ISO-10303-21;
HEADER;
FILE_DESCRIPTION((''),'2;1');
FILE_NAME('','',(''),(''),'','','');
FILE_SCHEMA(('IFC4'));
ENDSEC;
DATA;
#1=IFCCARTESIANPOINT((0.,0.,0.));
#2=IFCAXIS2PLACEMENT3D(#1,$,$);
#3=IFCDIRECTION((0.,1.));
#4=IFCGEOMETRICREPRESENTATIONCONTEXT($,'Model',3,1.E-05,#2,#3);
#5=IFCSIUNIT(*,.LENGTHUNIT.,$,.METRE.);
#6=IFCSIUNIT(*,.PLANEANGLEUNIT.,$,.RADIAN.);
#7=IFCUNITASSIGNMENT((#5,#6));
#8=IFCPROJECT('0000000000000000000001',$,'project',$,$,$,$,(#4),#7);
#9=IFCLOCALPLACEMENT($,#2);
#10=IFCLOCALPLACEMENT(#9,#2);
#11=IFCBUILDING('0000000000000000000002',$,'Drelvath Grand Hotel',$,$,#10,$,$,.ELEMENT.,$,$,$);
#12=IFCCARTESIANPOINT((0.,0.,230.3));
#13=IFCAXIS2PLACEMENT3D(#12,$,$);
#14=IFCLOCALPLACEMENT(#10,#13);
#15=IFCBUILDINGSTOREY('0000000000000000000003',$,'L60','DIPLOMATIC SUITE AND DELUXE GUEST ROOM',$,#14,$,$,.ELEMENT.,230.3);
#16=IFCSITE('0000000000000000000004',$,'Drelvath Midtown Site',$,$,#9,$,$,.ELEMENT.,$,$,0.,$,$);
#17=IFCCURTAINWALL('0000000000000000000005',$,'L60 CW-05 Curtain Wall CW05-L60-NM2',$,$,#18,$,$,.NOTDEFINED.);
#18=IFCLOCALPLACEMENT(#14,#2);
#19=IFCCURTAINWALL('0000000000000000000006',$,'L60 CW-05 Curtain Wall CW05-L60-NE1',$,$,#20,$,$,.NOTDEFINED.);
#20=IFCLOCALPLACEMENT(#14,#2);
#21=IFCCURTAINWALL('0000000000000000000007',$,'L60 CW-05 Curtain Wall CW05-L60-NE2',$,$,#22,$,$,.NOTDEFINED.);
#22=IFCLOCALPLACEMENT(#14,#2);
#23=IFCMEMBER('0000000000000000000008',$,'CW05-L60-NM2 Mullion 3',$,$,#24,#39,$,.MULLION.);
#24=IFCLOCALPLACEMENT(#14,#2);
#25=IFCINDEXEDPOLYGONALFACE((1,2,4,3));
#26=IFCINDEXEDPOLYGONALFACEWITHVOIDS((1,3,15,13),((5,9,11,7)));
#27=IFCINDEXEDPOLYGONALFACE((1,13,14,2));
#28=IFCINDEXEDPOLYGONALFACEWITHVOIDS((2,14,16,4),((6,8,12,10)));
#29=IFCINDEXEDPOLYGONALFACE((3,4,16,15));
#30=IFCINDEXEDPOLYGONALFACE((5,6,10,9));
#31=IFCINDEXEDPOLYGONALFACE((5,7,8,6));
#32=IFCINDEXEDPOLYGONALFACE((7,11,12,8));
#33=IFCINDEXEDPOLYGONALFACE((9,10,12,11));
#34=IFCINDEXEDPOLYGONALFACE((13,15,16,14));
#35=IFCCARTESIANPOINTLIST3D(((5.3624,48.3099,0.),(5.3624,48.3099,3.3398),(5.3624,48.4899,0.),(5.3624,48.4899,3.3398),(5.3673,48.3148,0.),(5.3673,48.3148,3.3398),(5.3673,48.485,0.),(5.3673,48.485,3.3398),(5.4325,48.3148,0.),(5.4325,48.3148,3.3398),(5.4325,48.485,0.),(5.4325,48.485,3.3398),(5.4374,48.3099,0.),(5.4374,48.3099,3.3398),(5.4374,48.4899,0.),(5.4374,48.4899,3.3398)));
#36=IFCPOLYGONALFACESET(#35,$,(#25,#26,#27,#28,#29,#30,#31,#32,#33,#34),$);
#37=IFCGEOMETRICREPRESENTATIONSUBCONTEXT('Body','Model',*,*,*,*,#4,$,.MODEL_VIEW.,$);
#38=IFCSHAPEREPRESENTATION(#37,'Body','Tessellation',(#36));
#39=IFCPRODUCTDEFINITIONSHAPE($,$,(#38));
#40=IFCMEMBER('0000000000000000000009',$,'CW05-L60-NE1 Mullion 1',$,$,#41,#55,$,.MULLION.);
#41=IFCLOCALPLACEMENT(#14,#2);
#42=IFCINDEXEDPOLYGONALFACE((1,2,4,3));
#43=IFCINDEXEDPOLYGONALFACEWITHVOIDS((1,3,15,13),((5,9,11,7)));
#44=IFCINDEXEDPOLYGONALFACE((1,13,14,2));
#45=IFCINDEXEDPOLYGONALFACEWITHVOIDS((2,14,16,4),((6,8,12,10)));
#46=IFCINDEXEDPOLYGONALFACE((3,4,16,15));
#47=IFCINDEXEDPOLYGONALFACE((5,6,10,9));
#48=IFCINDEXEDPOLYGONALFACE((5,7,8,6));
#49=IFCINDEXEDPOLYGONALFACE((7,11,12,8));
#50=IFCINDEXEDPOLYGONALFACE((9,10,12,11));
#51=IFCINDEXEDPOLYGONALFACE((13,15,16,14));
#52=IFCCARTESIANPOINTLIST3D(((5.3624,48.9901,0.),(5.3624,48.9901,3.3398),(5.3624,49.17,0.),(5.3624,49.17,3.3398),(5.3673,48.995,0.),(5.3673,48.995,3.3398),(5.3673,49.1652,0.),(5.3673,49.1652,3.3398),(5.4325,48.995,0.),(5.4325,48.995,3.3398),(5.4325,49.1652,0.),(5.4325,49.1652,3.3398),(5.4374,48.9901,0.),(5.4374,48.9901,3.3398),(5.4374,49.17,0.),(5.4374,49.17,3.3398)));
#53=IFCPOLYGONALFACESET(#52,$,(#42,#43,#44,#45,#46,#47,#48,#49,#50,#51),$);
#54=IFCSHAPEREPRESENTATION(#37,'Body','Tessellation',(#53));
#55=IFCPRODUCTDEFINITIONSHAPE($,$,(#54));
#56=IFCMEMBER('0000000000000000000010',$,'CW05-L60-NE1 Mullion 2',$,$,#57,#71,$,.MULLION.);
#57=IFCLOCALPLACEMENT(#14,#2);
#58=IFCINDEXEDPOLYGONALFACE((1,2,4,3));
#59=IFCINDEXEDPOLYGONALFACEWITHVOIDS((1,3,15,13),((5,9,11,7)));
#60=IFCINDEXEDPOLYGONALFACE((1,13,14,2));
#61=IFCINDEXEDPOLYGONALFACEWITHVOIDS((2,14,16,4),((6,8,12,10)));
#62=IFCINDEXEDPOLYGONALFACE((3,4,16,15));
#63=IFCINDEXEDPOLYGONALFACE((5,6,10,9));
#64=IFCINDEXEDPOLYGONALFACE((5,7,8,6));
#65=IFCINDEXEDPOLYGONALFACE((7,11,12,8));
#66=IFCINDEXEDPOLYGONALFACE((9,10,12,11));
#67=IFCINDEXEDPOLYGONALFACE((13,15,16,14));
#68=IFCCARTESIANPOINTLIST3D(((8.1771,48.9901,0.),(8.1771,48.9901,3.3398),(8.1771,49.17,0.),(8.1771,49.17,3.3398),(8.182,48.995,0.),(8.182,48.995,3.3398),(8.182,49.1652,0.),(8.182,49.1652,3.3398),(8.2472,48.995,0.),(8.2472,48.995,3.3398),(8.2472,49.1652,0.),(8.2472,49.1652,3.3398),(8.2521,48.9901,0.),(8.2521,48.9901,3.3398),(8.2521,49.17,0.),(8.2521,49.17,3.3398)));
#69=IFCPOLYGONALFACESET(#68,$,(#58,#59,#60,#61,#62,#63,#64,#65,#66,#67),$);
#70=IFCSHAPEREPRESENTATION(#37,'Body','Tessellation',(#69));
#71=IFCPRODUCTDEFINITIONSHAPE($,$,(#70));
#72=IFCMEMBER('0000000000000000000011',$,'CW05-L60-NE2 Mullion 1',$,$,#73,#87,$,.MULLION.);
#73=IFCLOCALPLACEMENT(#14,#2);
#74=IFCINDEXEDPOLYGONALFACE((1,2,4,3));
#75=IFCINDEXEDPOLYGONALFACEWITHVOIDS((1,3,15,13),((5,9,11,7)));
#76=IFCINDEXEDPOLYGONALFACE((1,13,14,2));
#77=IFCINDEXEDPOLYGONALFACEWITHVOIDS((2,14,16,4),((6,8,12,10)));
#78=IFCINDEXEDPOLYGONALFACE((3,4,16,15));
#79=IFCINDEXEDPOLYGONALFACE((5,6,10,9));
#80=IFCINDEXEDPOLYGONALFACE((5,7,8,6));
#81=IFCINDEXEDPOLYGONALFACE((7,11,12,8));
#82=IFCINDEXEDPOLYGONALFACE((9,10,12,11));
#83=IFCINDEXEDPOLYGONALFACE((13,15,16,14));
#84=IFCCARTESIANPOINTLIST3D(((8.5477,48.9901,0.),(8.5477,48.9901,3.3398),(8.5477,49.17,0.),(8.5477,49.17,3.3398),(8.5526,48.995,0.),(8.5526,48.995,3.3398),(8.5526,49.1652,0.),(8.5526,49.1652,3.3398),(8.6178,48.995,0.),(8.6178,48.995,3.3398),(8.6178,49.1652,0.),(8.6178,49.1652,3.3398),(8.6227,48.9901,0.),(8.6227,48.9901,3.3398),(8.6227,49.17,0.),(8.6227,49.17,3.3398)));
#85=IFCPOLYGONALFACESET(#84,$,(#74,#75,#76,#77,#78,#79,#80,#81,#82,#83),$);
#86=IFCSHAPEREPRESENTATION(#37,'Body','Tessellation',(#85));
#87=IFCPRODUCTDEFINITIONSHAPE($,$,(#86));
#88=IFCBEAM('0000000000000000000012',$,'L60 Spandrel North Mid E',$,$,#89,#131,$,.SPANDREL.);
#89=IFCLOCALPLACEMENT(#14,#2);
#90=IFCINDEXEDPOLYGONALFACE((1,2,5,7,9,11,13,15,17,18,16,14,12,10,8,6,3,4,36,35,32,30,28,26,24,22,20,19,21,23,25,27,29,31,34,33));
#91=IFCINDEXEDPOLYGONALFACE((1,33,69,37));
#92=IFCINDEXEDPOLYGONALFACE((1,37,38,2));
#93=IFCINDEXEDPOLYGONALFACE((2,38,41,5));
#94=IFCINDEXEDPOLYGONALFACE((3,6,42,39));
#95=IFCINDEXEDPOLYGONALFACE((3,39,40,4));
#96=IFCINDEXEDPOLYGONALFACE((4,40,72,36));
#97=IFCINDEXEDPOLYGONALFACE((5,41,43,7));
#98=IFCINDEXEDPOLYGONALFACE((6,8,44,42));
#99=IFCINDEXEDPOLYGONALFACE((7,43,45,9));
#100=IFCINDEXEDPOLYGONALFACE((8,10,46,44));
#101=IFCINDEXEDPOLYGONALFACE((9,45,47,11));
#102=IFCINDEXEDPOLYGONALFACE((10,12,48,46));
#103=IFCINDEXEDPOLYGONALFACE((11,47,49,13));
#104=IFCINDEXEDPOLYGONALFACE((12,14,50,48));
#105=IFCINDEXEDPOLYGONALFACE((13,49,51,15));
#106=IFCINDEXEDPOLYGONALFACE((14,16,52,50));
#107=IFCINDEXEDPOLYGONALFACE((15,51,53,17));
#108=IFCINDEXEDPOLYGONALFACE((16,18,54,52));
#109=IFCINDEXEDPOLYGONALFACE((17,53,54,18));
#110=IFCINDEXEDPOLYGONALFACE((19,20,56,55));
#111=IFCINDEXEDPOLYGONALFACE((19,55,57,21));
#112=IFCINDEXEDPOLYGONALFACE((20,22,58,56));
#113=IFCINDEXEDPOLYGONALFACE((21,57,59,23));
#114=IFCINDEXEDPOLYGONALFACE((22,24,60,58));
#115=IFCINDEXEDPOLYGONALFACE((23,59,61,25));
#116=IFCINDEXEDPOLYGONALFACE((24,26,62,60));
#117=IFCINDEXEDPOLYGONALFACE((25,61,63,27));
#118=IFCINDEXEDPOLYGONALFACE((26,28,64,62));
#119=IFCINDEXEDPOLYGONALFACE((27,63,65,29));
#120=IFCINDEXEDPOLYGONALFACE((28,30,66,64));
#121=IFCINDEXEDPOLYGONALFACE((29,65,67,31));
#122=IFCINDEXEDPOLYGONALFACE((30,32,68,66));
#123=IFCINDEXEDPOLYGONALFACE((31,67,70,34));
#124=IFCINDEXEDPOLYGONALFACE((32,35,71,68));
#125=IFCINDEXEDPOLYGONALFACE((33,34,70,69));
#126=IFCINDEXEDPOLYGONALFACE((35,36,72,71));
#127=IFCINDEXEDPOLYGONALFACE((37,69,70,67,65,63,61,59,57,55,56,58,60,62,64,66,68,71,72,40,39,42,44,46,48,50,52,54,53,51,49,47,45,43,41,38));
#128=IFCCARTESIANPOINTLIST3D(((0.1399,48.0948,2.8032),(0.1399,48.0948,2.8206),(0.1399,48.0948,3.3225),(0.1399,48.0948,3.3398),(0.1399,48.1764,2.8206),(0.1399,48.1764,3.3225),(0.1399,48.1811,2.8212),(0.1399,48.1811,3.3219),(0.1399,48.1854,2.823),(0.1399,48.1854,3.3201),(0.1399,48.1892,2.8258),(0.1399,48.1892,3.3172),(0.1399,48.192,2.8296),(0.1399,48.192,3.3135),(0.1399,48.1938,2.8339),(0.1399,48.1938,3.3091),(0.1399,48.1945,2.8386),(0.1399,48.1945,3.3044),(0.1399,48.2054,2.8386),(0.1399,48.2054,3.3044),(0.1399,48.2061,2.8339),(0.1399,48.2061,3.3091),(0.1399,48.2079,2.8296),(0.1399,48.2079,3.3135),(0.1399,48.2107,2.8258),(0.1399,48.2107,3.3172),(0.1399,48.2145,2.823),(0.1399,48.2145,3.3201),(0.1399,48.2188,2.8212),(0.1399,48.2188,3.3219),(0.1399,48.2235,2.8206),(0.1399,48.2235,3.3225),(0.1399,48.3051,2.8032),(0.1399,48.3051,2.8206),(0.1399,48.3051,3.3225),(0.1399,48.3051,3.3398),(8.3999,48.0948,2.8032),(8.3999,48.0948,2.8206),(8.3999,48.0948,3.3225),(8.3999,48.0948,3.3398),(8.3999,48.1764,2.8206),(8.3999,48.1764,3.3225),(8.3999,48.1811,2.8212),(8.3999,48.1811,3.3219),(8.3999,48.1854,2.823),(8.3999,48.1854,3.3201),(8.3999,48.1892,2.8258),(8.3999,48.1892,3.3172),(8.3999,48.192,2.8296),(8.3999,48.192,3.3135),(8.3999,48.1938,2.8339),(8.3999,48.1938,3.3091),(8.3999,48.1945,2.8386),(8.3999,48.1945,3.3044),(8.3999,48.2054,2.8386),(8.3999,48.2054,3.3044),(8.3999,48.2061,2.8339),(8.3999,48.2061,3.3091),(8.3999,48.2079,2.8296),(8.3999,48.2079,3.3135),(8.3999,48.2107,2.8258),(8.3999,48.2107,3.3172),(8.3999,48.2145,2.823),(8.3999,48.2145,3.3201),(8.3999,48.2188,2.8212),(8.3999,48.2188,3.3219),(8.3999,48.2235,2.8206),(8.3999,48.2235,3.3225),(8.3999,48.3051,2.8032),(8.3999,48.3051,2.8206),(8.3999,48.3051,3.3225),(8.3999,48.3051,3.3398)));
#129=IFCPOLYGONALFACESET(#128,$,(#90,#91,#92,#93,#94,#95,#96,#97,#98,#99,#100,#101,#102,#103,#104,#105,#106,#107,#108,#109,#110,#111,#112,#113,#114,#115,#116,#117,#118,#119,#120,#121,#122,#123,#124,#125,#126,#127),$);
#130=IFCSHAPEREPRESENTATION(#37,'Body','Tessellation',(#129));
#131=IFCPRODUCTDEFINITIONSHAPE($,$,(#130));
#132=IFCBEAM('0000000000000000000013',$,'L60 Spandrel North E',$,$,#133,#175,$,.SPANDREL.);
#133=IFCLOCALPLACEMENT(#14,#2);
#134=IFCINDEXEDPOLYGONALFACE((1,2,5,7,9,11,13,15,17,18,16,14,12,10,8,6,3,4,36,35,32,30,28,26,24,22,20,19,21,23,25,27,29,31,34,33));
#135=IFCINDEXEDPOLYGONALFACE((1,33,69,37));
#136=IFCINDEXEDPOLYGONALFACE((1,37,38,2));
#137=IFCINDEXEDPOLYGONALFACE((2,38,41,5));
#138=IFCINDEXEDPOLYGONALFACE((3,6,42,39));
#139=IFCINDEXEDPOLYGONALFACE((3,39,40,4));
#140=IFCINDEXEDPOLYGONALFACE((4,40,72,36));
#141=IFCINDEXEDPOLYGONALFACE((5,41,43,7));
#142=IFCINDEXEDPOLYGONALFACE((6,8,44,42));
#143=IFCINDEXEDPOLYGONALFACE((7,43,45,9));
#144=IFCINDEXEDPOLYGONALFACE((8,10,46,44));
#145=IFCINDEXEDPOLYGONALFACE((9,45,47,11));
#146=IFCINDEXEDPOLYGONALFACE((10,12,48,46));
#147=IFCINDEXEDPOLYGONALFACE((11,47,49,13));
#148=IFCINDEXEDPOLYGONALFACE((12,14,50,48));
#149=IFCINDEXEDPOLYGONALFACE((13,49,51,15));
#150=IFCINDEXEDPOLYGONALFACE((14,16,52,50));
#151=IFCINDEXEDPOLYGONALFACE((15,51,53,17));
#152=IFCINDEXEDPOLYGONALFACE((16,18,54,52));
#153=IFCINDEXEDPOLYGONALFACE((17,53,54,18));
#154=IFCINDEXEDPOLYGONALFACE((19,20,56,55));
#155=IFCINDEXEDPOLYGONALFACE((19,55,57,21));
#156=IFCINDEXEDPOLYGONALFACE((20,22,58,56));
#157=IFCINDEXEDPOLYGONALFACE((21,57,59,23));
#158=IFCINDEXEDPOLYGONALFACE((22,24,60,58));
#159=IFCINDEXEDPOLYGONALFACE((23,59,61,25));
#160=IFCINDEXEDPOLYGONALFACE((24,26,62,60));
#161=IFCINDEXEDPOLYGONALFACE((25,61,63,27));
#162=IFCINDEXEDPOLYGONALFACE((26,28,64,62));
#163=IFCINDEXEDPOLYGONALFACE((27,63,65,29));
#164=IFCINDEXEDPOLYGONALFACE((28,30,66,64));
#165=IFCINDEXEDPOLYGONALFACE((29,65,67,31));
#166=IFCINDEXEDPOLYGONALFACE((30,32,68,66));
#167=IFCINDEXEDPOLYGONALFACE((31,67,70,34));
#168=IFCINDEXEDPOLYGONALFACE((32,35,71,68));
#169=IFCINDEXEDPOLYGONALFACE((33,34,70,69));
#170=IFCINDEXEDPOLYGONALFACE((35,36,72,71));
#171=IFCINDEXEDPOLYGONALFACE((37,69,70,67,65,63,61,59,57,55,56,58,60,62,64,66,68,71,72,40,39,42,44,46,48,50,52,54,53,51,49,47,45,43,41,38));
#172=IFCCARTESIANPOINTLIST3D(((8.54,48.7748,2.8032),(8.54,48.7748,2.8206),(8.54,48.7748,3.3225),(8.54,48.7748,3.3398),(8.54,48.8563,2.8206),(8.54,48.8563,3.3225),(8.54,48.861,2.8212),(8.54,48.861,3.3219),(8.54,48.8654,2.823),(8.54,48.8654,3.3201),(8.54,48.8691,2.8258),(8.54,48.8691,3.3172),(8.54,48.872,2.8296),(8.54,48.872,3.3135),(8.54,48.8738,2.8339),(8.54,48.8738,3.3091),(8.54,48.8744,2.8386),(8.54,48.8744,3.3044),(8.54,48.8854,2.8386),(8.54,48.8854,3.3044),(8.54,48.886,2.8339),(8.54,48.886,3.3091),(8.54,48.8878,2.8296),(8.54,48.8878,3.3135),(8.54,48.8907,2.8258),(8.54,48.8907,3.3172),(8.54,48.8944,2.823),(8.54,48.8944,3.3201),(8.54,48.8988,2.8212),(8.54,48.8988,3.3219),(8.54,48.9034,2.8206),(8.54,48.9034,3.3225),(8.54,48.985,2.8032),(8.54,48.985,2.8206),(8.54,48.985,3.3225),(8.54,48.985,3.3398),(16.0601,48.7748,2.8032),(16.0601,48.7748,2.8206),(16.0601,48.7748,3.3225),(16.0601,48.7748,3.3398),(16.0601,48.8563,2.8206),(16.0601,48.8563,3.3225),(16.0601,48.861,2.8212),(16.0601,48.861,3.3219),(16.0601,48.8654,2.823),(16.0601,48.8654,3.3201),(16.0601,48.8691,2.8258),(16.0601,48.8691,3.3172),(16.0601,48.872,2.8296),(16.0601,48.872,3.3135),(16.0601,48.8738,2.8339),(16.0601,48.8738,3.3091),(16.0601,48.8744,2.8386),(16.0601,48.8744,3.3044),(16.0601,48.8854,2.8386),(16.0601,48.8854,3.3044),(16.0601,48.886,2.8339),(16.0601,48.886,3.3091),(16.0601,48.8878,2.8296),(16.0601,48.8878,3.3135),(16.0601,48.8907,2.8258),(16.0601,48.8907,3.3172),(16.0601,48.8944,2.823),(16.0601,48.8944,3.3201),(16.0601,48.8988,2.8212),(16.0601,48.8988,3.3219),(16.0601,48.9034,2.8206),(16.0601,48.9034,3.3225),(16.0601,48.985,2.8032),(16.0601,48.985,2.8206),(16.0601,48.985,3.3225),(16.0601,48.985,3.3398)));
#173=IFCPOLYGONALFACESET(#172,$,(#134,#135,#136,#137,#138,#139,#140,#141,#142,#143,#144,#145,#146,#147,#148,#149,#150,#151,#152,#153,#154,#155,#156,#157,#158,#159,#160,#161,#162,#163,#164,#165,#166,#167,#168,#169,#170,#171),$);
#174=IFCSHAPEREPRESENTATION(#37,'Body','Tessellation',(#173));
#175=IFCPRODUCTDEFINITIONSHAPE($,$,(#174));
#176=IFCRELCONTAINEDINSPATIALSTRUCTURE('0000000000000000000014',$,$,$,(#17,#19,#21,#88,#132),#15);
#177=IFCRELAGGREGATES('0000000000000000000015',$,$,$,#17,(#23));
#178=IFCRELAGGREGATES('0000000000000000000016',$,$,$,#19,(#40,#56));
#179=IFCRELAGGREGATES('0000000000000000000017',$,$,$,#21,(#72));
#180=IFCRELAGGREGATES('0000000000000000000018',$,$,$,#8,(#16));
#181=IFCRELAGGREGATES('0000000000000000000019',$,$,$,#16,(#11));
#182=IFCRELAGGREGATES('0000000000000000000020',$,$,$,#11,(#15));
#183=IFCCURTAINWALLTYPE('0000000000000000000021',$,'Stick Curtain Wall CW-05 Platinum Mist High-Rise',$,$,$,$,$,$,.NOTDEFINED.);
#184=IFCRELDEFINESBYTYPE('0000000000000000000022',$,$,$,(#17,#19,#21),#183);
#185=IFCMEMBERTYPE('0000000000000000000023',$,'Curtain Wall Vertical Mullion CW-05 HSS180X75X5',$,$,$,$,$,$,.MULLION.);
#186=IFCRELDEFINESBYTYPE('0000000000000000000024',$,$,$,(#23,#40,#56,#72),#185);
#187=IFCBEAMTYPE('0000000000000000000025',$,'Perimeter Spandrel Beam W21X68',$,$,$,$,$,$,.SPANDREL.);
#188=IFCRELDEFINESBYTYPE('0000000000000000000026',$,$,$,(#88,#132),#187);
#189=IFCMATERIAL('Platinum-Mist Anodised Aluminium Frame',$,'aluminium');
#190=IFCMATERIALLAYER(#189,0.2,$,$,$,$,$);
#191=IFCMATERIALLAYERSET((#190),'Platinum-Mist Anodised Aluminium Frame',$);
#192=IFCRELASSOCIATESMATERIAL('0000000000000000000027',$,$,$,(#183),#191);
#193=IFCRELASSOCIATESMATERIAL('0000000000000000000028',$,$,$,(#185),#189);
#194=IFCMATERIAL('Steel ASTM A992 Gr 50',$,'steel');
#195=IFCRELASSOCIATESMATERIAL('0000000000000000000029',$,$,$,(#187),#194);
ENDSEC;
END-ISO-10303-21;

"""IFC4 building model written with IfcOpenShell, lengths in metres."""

from ifc_helpers import new_model, si_unit, direction, frame, origin, origin_2d, place, context, subcontext, project, spatial, hollow_rectangle, i_section, extrude, material, layer, layer_set, material_profile, profile_set, type_object, element, aggregate, save


model = new_model("IFC4")

# Units and contexts
model_context = context("Model", 3, precision=1e-05, world=origin(), true_north=direction((0.0, 1.0)))
body_context = subcontext(model_context, "Body", "Model", "MODEL_VIEW")
ifc_project = project(units=[si_unit("LENGTHUNIT", "METRE"), si_unit("PLANEANGLEUNIT", "RADIAN")], contexts=[model_context])

# Site, building, storey
site_placement = place(None, origin())
site = spatial("IfcSite", under=ifc_project, at=site_placement, Name="Drelvath Midtown Site", CompositionType="ELEMENT", RefElevation=0.0)
building_placement = place(site_placement, origin())
building = spatial("IfcBuilding", under=site, at=building_placement, Name="Drelvath Grand Hotel", CompositionType="ELEMENT")
storey_placement = place(building_placement, frame((0.0, 0.0, 230.3)))
storey = spatial("IfcBuildingStorey", under=building, at=storey_placement, Name="L60", Description="DIPLOMATIC SUITE AND DELUXE GUEST ROOM", CompositionType="ELEMENT", Elevation=230.3)

# Curtain walls
ifc_material_1 = material(Name="Platinum-Mist Anodised Aluminium Frame", Category="aluminium")
ifc_layer_1 = layer(ifc_material_1, 0.2)
ifc_layer_set_1 = layer_set([ifc_layer_1], Name="Platinum-Mist Anodised Aluminium Frame")
curtain_wall_type = type_object("IfcCurtainWallType", Name="Stick Curtain Wall CW-05 Platinum Mist High-Rise", PredefinedType="NOTDEFINED", material=ifc_layer_set_1)
curtain_wall_1_placement = place(storey_placement, origin())
curtain_wall_1 = element("IfcCurtainWall", 1, at=curtain_wall_1_placement, inside=storey, type_object=curtain_wall_type, Name="L60 CW-05 Curtain Wall CW05-L60-NM2", PredefinedType="NOTDEFINED")
curtain_wall_2_placement = place(storey_placement, origin())
curtain_wall_2 = element("IfcCurtainWall", 2, at=curtain_wall_2_placement, inside=storey, type_object=curtain_wall_type, Name="L60 CW-05 Curtain Wall CW05-L60-NE1", PredefinedType="NOTDEFINED")
curtain_wall_3_placement = place(storey_placement, origin())
curtain_wall_3 = element("IfcCurtainWall", 3, at=curtain_wall_3_placement, inside=storey, type_object=curtain_wall_type, Name="L60 CW-05 Curtain Wall CW05-L60-NE2", PredefinedType="NOTDEFINED")

# Members
ifc_material_profile_1 = material_profile(ifc_material_1, hollow_rectangle(XDim=0.075, YDim=0.1799, WallThickness=0.0049, at=origin_2d()), Name="HSS180X75X5")
ifc_profile_set_1 = profile_set([ifc_material_profile_1], Name="Platinum-Mist Anodised Aluminium Frame")
member_type_1 = type_object("IfcMemberType", Name="Curtain Wall Vertical Mullion CW-05 HSS180X75X5", PredefinedType="MULLION", material=ifc_profile_set_1)
member_1_placement = place(storey_placement, frame((5.3999, 48.3999, 0.0), z_axis=(0.0, 0.0, 1.0), x_axis=(1.0, 0.0, 0.0)))
member_1 = element("IfcMember", 4, at=member_1_placement, type_object=member_type_1, Name="CW05-L60-NM2 Mullion 3", PredefinedType="MULLION", context=body_context, shape_type="SweptSolid", body=[
    extrude(hollow_rectangle(XDim=0.075, YDim=0.1799, WallThickness=0.0049, at=origin_2d()), origin(), (0.0, 0.0, 1.0), 3.3398),
])
member_2_placement = place(storey_placement, frame((5.3999, 49.0801, 0.0), z_axis=(0.0, 0.0, 1.0), x_axis=(1.0, 0.0, 0.0)))
member_2 = element("IfcMember", 5, at=member_2_placement, type_object=member_type_1, Name="CW05-L60-NE1 Mullion 1", PredefinedType="MULLION", context=body_context, shape_type="SweptSolid", body=[
    extrude(hollow_rectangle(XDim=0.075, YDim=0.1799, WallThickness=0.0049, at=origin_2d()), origin(), (0.0, 0.0, 1.0), 3.3398),
])
member_3_placement = place(storey_placement, frame((8.2146, 49.0801, 0.0), z_axis=(0.0, 0.0, 1.0), x_axis=(1.0, 0.0, 0.0)))
member_3 = element("IfcMember", 6, at=member_3_placement, type_object=member_type_1, Name="CW05-L60-NE1 Mullion 2", PredefinedType="MULLION", context=body_context, shape_type="SweptSolid", body=[
    extrude(hollow_rectangle(XDim=0.075, YDim=0.1799, WallThickness=0.0049, at=origin_2d()), origin(), (0.0, 0.0, 1.0), 3.3398),
])
member_4_placement = place(storey_placement, frame((8.5852, 49.0801, 0.0), z_axis=(0.0, 0.0, 1.0), x_axis=(1.0, 0.0, 0.0)))
member_4 = element("IfcMember", 7, at=member_4_placement, type_object=member_type_1, Name="CW05-L60-NE2 Mullion 1", PredefinedType="MULLION", context=body_context, shape_type="SweptSolid", body=[
    extrude(hollow_rectangle(XDim=0.075, YDim=0.1799, WallThickness=0.0049, at=origin_2d()), origin(), (0.0, 0.0, 1.0), 3.3398),
])

# Beams
ifc_material_2 = material(Name="Steel ASTM A992 Gr 50", Category="steel")
ifc_material_profile_2 = material_profile(ifc_material_2, i_section(OverallWidth=0.2102, OverallDepth=0.5366, WebThickness=0.011, FlangeThickness=0.0173, FilletRadius=0.0181, at=origin_2d()), Name="W21X68")
ifc_profile_set_2 = profile_set([ifc_material_profile_2], Name="Steel ASTM A992 Gr 50")
beam_type_1 = type_object("IfcBeamType", Name="Perimeter Spandrel Beam W21X68", PredefinedType="SPANDREL", material=ifc_profile_set_2)
beam_1_placement = place(storey_placement, frame((0.1399, 48.2, 3.0715), z_axis=(1.0, 0.0, 0.0), x_axis=(0.0, 1.0, 0.0)))
element("IfcBeam", 8, at=beam_1_placement, inside=storey, type_object=beam_type_1, Name="L60 Spandrel North Mid E", PredefinedType="SPANDREL", context=body_context, shape_type="SweptSolid", body=[
    extrude(i_section(OverallWidth=0.2102, OverallDepth=0.5366, WebThickness=0.011, FlangeThickness=0.0173, FilletRadius=0.0181, at=origin_2d()), origin(), (0.0, 0.0, 1.0), 8.26),
])
beam_2_placement = place(storey_placement, frame((8.54, 48.8799, 3.0715), z_axis=(1.0, 0.0, 0.0), x_axis=(0.0, 1.0, 0.0)))
element("IfcBeam", 9, at=beam_2_placement, inside=storey, type_object=beam_type_1, Name="L60 Spandrel North E", PredefinedType="SPANDREL", context=body_context, shape_type="SweptSolid", body=[
    extrude(i_section(OverallWidth=0.2102, OverallDepth=0.5366, WebThickness=0.011, FlangeThickness=0.0173, FilletRadius=0.0181, at=origin_2d()), origin(), (0.0, 0.0, 1.0), 7.52),
])

aggregate(curtain_wall_1, [member_1])
aggregate(curtain_wall_2, [member_2, member_3])
aggregate(curtain_wall_3, [member_4])

save(model, "model.ifc")
